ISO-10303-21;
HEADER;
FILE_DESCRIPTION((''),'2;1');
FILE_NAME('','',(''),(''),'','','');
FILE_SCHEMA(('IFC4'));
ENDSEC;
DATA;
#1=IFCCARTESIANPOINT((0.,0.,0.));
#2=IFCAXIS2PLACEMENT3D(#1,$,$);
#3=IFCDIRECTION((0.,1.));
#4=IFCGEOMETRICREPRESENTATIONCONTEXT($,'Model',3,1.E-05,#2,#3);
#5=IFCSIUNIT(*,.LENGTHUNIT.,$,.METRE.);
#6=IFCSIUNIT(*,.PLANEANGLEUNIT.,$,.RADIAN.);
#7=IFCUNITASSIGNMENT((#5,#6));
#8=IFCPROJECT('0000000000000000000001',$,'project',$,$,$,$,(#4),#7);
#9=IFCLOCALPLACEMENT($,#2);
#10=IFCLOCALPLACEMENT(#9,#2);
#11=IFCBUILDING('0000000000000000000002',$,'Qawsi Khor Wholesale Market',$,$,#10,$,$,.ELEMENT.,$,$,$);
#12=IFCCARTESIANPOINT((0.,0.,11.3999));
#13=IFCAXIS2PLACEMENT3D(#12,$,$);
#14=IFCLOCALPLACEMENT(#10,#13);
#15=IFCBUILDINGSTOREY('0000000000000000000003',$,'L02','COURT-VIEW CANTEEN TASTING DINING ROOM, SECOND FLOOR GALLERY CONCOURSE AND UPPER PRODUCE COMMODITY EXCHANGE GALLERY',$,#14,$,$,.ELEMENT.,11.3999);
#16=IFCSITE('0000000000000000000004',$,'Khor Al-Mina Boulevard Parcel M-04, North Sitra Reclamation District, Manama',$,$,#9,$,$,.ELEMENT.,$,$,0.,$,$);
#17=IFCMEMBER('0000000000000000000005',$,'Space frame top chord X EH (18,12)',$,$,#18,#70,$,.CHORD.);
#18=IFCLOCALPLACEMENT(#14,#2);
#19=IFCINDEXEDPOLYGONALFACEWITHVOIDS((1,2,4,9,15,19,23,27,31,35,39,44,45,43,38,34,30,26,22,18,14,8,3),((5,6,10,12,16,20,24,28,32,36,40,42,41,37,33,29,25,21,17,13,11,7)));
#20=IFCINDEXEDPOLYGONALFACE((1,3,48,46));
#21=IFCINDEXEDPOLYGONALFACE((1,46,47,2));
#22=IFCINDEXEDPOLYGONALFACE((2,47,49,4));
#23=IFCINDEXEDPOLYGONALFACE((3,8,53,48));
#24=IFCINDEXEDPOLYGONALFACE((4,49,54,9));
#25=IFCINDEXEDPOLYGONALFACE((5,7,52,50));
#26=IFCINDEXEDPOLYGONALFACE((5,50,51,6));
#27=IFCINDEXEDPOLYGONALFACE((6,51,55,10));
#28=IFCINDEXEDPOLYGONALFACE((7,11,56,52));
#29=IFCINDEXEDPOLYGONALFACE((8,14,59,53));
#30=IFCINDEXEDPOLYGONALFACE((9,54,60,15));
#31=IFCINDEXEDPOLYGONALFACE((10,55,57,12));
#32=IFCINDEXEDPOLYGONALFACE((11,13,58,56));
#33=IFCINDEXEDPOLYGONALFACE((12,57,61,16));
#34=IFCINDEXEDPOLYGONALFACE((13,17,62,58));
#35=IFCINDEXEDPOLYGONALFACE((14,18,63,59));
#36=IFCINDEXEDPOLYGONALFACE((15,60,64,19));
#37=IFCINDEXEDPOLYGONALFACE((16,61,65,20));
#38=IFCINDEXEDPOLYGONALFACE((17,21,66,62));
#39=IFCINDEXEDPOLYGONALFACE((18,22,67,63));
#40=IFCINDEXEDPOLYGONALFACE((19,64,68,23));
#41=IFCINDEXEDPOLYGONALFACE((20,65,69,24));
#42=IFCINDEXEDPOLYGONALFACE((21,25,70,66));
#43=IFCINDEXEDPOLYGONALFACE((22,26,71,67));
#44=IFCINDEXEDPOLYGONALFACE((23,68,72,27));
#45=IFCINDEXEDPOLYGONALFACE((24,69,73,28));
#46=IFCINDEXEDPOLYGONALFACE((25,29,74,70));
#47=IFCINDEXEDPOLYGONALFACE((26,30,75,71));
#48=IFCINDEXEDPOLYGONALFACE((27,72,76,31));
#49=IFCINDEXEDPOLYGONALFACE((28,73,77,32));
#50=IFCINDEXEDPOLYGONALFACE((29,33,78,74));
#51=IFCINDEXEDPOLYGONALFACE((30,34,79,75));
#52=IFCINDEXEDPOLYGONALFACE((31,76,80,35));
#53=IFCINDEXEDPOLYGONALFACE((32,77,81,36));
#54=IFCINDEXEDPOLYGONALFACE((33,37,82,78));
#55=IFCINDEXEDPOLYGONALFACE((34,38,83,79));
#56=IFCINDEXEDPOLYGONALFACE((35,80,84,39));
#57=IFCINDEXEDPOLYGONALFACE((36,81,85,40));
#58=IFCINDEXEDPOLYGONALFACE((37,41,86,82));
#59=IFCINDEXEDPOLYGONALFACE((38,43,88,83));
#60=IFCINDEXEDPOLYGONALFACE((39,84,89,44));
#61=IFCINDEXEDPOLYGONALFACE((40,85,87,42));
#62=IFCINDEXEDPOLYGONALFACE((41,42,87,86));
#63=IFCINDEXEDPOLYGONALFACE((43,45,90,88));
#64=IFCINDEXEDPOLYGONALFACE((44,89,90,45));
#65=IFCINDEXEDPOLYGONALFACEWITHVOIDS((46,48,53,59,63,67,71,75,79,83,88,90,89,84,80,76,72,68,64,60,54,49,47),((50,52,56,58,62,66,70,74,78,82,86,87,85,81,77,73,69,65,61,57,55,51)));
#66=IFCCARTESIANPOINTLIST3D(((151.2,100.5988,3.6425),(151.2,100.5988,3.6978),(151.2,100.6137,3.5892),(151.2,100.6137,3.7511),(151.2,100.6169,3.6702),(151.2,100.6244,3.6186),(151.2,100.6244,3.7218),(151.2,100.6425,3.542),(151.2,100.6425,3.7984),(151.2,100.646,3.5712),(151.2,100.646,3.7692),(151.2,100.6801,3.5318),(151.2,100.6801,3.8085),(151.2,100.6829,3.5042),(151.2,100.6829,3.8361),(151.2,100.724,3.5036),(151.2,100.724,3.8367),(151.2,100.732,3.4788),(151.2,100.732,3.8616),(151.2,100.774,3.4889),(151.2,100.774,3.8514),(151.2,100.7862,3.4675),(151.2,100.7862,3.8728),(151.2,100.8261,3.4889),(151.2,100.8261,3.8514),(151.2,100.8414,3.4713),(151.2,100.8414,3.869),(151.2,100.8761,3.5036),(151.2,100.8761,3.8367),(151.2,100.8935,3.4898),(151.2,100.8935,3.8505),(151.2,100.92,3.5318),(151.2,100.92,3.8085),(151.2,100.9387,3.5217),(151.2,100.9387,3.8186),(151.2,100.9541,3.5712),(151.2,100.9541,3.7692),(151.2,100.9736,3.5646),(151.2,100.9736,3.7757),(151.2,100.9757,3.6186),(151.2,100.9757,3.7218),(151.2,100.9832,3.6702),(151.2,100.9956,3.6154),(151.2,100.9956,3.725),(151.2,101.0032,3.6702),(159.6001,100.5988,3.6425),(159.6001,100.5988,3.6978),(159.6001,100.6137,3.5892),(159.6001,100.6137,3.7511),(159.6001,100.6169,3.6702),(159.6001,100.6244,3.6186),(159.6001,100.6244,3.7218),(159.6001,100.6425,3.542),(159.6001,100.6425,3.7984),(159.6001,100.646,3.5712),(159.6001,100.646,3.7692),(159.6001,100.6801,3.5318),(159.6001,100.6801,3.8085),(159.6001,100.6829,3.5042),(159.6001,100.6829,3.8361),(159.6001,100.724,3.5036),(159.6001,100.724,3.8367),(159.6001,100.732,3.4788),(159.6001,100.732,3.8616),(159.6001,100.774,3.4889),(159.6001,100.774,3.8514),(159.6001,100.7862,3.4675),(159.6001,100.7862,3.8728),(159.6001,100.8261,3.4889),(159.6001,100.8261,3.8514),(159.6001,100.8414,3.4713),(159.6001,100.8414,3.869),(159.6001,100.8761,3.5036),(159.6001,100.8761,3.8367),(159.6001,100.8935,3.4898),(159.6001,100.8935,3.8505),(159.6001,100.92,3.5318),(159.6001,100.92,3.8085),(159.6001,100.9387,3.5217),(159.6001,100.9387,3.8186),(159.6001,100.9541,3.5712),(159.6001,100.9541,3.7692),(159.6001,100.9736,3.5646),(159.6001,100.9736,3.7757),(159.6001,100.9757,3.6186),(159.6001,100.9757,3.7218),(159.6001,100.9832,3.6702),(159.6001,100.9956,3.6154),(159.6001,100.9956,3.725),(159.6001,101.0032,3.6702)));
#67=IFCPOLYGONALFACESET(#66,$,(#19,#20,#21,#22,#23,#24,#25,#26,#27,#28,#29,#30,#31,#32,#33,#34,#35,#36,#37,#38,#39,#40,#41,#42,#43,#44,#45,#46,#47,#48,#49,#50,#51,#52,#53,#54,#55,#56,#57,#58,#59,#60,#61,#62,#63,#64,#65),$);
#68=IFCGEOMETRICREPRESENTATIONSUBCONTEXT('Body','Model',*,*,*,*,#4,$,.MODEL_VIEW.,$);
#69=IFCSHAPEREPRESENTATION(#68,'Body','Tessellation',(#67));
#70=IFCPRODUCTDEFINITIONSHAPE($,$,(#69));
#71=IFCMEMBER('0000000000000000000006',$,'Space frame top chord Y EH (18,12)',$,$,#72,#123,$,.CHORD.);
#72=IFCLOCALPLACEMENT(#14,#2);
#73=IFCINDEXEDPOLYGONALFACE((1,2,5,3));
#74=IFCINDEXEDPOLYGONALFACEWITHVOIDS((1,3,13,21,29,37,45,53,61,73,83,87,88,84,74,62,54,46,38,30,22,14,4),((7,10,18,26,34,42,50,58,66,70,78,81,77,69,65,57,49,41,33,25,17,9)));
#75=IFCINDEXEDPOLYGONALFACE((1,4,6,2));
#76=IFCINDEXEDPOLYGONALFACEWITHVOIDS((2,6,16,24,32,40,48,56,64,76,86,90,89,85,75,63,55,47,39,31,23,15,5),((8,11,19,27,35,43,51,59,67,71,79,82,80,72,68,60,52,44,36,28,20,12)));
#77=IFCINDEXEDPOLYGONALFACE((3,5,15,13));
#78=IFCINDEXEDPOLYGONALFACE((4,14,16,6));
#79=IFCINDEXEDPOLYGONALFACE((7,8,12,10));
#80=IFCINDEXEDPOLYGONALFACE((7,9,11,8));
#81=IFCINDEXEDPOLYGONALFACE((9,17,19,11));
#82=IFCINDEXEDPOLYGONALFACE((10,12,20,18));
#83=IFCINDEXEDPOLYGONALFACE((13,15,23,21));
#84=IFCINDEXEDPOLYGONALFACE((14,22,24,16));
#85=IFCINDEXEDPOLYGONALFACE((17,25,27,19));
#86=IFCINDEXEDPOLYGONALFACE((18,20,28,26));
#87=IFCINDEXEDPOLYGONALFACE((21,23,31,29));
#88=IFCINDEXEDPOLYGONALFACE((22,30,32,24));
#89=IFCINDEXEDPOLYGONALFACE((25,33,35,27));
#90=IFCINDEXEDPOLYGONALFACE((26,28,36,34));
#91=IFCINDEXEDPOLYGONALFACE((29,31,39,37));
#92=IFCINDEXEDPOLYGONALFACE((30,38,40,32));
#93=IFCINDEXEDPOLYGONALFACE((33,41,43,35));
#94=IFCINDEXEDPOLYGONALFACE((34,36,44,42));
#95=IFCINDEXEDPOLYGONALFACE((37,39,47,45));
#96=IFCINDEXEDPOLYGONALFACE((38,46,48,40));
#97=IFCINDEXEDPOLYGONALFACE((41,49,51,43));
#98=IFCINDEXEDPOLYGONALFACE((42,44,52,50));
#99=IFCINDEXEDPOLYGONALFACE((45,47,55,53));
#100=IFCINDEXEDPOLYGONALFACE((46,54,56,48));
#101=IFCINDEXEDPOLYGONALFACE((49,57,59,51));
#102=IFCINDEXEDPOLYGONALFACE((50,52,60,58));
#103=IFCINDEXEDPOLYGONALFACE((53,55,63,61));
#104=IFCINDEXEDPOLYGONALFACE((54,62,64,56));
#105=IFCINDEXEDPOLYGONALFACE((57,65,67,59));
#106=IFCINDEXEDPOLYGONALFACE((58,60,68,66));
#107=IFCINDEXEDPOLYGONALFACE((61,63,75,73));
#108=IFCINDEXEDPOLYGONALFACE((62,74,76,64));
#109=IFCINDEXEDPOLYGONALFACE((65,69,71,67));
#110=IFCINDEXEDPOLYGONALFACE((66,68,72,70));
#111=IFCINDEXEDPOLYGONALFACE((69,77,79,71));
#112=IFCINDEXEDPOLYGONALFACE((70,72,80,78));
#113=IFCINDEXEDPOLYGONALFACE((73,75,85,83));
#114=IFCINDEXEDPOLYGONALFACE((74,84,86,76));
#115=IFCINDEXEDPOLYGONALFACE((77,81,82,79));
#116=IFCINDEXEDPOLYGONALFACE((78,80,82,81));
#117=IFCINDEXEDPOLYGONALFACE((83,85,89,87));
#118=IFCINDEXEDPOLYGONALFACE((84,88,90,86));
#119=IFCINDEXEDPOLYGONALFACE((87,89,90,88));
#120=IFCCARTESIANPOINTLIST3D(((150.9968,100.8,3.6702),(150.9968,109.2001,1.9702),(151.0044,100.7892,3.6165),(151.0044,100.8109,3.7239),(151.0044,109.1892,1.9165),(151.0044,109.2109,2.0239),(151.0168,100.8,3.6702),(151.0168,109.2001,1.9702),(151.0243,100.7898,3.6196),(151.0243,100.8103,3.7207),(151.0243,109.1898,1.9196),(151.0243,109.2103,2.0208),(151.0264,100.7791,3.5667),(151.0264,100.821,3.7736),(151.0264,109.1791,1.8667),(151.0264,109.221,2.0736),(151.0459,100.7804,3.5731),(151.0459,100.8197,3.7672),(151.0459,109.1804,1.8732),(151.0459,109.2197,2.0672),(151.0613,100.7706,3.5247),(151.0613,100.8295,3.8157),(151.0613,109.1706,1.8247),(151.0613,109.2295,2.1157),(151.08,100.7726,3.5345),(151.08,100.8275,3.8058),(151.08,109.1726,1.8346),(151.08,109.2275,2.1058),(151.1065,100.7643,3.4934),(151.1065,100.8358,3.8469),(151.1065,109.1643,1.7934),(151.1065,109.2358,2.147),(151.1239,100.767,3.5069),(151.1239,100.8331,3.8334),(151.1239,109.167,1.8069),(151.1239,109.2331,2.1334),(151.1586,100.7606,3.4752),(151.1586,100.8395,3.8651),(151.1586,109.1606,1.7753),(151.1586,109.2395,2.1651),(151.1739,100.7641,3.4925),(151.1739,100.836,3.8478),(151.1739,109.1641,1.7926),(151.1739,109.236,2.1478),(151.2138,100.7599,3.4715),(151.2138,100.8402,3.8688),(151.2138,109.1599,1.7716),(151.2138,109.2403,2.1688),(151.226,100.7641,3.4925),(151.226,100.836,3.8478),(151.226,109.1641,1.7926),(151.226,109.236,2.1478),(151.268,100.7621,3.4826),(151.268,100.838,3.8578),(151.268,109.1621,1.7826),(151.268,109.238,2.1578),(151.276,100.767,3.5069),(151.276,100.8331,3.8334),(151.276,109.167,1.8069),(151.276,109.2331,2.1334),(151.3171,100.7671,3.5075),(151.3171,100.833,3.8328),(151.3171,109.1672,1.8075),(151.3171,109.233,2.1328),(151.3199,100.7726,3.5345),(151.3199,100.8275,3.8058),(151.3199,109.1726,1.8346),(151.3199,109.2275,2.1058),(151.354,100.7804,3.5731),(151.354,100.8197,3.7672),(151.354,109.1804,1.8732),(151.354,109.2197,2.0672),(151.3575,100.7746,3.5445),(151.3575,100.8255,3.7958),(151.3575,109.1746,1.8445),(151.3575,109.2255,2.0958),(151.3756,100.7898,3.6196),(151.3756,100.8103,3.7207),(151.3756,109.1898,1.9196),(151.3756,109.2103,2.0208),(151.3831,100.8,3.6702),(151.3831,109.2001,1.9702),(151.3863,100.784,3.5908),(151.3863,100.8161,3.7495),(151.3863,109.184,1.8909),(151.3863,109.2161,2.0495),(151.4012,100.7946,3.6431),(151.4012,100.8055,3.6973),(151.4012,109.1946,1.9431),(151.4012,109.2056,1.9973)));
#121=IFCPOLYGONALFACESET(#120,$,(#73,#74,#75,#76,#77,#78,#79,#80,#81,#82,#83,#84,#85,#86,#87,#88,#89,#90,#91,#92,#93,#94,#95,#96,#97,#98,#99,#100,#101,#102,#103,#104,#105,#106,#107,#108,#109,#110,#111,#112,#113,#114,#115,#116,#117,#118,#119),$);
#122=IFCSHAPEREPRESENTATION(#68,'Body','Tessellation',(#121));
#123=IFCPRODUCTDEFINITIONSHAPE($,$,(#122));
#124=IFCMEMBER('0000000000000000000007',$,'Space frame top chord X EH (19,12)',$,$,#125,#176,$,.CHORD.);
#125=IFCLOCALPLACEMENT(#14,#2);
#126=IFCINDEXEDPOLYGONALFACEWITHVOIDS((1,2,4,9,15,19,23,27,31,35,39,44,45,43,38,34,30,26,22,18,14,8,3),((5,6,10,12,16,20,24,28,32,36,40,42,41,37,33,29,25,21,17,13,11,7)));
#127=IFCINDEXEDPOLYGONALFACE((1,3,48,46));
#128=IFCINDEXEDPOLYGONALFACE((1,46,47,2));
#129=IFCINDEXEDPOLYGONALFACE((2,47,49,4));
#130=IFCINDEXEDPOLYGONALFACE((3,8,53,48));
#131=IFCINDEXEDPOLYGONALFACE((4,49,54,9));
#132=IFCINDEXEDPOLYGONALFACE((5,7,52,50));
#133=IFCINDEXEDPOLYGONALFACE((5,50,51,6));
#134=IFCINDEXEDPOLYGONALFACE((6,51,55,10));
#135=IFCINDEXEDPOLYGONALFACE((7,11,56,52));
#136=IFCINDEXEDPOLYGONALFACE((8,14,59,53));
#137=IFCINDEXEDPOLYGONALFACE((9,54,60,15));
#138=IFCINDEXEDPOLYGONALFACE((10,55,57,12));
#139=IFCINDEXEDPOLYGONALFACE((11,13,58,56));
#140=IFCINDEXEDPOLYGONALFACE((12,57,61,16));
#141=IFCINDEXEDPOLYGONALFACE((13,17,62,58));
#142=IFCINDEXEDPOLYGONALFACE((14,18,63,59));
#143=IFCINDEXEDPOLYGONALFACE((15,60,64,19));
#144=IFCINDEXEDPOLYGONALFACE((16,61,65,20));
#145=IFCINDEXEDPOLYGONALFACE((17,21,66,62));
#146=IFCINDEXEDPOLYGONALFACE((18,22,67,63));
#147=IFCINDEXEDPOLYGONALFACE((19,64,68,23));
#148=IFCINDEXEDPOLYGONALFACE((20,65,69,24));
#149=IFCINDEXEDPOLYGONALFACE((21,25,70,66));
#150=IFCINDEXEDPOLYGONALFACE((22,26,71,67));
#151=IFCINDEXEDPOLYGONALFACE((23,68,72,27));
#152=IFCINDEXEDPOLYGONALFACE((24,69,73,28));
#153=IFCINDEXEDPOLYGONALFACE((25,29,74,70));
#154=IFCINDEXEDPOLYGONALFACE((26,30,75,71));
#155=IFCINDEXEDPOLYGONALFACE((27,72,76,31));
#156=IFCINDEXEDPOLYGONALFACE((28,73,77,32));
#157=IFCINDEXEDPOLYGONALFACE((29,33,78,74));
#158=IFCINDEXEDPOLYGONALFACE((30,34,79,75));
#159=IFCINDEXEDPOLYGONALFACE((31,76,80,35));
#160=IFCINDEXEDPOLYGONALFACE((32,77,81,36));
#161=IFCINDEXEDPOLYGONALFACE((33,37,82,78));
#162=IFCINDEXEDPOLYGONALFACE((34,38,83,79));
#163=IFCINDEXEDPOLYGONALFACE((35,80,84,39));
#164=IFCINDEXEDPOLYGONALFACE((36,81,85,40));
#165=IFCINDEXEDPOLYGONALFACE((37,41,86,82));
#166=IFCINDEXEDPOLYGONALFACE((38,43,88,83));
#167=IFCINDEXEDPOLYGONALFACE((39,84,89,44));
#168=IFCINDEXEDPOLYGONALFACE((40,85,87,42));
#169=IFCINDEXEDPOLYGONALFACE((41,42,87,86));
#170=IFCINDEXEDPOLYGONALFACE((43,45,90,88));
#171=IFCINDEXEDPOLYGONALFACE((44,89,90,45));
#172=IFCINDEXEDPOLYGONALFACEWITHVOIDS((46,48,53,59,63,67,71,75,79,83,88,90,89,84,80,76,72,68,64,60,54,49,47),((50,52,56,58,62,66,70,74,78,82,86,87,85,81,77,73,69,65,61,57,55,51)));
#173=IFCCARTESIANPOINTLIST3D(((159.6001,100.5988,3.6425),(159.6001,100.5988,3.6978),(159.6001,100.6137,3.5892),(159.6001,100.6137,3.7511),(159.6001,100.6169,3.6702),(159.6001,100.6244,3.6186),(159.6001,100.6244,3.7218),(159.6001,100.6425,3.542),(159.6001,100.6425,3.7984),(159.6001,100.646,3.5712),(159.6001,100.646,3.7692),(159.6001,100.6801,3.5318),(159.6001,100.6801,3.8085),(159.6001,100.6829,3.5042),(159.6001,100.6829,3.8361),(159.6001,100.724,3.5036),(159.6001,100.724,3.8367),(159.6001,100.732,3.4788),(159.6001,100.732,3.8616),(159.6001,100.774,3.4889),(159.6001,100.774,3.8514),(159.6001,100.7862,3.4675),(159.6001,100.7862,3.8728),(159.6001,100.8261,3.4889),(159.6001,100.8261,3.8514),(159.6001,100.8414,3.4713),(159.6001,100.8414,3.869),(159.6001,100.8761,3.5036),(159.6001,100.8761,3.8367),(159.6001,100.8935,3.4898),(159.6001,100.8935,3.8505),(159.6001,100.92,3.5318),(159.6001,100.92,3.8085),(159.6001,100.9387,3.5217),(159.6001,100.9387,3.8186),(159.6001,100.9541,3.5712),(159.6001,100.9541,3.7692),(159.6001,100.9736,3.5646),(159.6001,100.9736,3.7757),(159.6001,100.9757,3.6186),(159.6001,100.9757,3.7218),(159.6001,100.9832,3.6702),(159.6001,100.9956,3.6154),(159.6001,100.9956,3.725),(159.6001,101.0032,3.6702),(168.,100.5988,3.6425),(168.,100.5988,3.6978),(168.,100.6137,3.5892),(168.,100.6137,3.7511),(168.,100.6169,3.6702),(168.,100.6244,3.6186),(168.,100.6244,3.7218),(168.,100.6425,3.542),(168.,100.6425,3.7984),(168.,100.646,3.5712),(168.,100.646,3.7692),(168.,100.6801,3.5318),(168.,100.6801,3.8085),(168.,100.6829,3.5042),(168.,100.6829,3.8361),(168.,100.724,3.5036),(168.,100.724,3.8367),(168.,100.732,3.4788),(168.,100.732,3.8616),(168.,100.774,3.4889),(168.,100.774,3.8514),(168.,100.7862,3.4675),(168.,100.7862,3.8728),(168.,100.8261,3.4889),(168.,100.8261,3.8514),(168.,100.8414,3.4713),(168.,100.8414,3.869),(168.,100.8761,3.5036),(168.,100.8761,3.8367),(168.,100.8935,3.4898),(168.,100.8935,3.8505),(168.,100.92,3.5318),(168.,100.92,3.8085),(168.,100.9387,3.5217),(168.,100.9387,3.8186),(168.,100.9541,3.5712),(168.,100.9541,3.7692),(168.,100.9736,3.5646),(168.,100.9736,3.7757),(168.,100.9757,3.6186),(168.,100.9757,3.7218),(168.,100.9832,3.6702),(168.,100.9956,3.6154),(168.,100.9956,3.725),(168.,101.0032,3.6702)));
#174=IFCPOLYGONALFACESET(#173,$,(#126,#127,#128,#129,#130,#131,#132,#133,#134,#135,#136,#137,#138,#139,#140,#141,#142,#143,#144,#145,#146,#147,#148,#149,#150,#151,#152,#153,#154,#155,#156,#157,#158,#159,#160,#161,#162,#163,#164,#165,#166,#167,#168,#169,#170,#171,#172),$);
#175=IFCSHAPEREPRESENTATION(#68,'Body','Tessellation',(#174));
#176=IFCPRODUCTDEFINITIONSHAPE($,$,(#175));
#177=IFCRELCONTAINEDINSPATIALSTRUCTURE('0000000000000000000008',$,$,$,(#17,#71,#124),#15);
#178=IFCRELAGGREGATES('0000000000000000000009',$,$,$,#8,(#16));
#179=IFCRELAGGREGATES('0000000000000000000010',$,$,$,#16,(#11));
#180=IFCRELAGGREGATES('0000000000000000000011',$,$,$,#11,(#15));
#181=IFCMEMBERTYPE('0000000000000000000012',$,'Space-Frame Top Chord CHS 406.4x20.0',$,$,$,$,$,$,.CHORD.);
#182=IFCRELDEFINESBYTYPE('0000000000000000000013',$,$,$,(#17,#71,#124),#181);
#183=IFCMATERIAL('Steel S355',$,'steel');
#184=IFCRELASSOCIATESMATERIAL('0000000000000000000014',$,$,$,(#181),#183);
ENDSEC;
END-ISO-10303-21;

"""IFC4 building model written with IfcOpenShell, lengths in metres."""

from ifc_helpers import new_model, si_unit, direction, frame, origin, origin_2d, place, context, subcontext, project, spatial, hollow_circle, extrude, material, material_profile, profile_set, type_object, element, save


model = new_model("IFC4")

# Units and contexts
model_context = context("Model", 3, precision=1e-05, world=origin(), true_north=direction((0.0, 1.0)))
body_context = subcontext(model_context, "Body", "Model", "MODEL_VIEW")
ifc_project = project(units=[si_unit("LENGTHUNIT", "METRE"), si_unit("PLANEANGLEUNIT", "RADIAN")], contexts=[model_context])

# Site, building, storey
site_placement = place(None, origin())
site = spatial("IfcSite", under=ifc_project, at=site_placement, Name="Khor Al-Mina Boulevard Parcel M-04, North Sitra Reclamation District, Manama", CompositionType="ELEMENT", RefElevation=0.0)
building_placement = place(site_placement, origin())
building = spatial("IfcBuilding", under=site, at=building_placement, Name="Qawsi Khor Wholesale Market", CompositionType="ELEMENT")
storey_placement = place(building_placement, frame((0.0, 0.0, 11.3999)))
storey = spatial("IfcBuildingStorey", under=building, at=storey_placement, Name="L02", Description="COURT-VIEW CANTEEN TASTING DINING ROOM, SECOND FLOOR GALLERY CONCOURSE AND UPPER PRODUCE COMMODITY EXCHANGE GALLERY", CompositionType="ELEMENT", Elevation=11.3999)

# Members
ifc_material_1 = material(Name="Steel S355", Category="steel")
ifc_material_profile_1 = material_profile(ifc_material_1, hollow_circle(Radius=0.2031, WallThickness=0.02, at=origin_2d()), Name="CHS 406.4x20.0")
ifc_profile_set_1 = profile_set([ifc_material_profile_1], Name="Steel S355")
member_type_1 = type_object("IfcMemberType", Name="Space-Frame Top Chord CHS 406.4x20.0", PredefinedType="CHORD", material=ifc_profile_set_1)
member_1_placement = place(storey_placement, frame((151.2, 100.8, 3.6702), z_axis=(1.0, 0.0, 0.0), x_axis=(0.0, 1.0, 0.0)))
element("IfcMember", 1, at=member_1_placement, inside=storey, type_object=member_type_1, Name="Space frame top chord X EH (18,12)", PredefinedType="CHORD", context=body_context, shape_type="SweptSolid", body=[
    extrude(hollow_circle(Radius=0.2031, WallThickness=0.02, at=origin_2d()), origin(), (0.0, 0.0, 1.0), 8.4001),
])
member_2_placement = place(storey_placement, frame((151.2, 100.8, 3.6702), z_axis=(0.0, 0.98013, -0.198356), x_axis=(-1.0, 0.0, 0.0)))
element("IfcMember", 2, at=member_2_placement, inside=storey, type_object=member_type_1, Name="Space frame top chord Y EH (18,12)", PredefinedType="CHORD", context=body_context, shape_type="SweptSolid", body=[
    extrude(hollow_circle(Radius=0.2031, WallThickness=0.02, at=origin_2d()), origin(), (0.0, 0.0, 1.0), 8.5703),
])
member_3_placement = place(storey_placement, frame((159.6001, 100.8, 3.6702), z_axis=(1.0, 0.0, 0.0), x_axis=(0.0, 1.0, 0.0)))
element("IfcMember", 3, at=member_3_placement, inside=storey, type_object=member_type_1, Name="Space frame top chord X EH (19,12)", PredefinedType="CHORD", context=body_context, shape_type="SweptSolid", body=[
    extrude(hollow_circle(Radius=0.2031, WallThickness=0.02, at=origin_2d()), origin(), (0.0, 0.0, 1.0), 8.3999),
])

save(model, "model.ifc")
